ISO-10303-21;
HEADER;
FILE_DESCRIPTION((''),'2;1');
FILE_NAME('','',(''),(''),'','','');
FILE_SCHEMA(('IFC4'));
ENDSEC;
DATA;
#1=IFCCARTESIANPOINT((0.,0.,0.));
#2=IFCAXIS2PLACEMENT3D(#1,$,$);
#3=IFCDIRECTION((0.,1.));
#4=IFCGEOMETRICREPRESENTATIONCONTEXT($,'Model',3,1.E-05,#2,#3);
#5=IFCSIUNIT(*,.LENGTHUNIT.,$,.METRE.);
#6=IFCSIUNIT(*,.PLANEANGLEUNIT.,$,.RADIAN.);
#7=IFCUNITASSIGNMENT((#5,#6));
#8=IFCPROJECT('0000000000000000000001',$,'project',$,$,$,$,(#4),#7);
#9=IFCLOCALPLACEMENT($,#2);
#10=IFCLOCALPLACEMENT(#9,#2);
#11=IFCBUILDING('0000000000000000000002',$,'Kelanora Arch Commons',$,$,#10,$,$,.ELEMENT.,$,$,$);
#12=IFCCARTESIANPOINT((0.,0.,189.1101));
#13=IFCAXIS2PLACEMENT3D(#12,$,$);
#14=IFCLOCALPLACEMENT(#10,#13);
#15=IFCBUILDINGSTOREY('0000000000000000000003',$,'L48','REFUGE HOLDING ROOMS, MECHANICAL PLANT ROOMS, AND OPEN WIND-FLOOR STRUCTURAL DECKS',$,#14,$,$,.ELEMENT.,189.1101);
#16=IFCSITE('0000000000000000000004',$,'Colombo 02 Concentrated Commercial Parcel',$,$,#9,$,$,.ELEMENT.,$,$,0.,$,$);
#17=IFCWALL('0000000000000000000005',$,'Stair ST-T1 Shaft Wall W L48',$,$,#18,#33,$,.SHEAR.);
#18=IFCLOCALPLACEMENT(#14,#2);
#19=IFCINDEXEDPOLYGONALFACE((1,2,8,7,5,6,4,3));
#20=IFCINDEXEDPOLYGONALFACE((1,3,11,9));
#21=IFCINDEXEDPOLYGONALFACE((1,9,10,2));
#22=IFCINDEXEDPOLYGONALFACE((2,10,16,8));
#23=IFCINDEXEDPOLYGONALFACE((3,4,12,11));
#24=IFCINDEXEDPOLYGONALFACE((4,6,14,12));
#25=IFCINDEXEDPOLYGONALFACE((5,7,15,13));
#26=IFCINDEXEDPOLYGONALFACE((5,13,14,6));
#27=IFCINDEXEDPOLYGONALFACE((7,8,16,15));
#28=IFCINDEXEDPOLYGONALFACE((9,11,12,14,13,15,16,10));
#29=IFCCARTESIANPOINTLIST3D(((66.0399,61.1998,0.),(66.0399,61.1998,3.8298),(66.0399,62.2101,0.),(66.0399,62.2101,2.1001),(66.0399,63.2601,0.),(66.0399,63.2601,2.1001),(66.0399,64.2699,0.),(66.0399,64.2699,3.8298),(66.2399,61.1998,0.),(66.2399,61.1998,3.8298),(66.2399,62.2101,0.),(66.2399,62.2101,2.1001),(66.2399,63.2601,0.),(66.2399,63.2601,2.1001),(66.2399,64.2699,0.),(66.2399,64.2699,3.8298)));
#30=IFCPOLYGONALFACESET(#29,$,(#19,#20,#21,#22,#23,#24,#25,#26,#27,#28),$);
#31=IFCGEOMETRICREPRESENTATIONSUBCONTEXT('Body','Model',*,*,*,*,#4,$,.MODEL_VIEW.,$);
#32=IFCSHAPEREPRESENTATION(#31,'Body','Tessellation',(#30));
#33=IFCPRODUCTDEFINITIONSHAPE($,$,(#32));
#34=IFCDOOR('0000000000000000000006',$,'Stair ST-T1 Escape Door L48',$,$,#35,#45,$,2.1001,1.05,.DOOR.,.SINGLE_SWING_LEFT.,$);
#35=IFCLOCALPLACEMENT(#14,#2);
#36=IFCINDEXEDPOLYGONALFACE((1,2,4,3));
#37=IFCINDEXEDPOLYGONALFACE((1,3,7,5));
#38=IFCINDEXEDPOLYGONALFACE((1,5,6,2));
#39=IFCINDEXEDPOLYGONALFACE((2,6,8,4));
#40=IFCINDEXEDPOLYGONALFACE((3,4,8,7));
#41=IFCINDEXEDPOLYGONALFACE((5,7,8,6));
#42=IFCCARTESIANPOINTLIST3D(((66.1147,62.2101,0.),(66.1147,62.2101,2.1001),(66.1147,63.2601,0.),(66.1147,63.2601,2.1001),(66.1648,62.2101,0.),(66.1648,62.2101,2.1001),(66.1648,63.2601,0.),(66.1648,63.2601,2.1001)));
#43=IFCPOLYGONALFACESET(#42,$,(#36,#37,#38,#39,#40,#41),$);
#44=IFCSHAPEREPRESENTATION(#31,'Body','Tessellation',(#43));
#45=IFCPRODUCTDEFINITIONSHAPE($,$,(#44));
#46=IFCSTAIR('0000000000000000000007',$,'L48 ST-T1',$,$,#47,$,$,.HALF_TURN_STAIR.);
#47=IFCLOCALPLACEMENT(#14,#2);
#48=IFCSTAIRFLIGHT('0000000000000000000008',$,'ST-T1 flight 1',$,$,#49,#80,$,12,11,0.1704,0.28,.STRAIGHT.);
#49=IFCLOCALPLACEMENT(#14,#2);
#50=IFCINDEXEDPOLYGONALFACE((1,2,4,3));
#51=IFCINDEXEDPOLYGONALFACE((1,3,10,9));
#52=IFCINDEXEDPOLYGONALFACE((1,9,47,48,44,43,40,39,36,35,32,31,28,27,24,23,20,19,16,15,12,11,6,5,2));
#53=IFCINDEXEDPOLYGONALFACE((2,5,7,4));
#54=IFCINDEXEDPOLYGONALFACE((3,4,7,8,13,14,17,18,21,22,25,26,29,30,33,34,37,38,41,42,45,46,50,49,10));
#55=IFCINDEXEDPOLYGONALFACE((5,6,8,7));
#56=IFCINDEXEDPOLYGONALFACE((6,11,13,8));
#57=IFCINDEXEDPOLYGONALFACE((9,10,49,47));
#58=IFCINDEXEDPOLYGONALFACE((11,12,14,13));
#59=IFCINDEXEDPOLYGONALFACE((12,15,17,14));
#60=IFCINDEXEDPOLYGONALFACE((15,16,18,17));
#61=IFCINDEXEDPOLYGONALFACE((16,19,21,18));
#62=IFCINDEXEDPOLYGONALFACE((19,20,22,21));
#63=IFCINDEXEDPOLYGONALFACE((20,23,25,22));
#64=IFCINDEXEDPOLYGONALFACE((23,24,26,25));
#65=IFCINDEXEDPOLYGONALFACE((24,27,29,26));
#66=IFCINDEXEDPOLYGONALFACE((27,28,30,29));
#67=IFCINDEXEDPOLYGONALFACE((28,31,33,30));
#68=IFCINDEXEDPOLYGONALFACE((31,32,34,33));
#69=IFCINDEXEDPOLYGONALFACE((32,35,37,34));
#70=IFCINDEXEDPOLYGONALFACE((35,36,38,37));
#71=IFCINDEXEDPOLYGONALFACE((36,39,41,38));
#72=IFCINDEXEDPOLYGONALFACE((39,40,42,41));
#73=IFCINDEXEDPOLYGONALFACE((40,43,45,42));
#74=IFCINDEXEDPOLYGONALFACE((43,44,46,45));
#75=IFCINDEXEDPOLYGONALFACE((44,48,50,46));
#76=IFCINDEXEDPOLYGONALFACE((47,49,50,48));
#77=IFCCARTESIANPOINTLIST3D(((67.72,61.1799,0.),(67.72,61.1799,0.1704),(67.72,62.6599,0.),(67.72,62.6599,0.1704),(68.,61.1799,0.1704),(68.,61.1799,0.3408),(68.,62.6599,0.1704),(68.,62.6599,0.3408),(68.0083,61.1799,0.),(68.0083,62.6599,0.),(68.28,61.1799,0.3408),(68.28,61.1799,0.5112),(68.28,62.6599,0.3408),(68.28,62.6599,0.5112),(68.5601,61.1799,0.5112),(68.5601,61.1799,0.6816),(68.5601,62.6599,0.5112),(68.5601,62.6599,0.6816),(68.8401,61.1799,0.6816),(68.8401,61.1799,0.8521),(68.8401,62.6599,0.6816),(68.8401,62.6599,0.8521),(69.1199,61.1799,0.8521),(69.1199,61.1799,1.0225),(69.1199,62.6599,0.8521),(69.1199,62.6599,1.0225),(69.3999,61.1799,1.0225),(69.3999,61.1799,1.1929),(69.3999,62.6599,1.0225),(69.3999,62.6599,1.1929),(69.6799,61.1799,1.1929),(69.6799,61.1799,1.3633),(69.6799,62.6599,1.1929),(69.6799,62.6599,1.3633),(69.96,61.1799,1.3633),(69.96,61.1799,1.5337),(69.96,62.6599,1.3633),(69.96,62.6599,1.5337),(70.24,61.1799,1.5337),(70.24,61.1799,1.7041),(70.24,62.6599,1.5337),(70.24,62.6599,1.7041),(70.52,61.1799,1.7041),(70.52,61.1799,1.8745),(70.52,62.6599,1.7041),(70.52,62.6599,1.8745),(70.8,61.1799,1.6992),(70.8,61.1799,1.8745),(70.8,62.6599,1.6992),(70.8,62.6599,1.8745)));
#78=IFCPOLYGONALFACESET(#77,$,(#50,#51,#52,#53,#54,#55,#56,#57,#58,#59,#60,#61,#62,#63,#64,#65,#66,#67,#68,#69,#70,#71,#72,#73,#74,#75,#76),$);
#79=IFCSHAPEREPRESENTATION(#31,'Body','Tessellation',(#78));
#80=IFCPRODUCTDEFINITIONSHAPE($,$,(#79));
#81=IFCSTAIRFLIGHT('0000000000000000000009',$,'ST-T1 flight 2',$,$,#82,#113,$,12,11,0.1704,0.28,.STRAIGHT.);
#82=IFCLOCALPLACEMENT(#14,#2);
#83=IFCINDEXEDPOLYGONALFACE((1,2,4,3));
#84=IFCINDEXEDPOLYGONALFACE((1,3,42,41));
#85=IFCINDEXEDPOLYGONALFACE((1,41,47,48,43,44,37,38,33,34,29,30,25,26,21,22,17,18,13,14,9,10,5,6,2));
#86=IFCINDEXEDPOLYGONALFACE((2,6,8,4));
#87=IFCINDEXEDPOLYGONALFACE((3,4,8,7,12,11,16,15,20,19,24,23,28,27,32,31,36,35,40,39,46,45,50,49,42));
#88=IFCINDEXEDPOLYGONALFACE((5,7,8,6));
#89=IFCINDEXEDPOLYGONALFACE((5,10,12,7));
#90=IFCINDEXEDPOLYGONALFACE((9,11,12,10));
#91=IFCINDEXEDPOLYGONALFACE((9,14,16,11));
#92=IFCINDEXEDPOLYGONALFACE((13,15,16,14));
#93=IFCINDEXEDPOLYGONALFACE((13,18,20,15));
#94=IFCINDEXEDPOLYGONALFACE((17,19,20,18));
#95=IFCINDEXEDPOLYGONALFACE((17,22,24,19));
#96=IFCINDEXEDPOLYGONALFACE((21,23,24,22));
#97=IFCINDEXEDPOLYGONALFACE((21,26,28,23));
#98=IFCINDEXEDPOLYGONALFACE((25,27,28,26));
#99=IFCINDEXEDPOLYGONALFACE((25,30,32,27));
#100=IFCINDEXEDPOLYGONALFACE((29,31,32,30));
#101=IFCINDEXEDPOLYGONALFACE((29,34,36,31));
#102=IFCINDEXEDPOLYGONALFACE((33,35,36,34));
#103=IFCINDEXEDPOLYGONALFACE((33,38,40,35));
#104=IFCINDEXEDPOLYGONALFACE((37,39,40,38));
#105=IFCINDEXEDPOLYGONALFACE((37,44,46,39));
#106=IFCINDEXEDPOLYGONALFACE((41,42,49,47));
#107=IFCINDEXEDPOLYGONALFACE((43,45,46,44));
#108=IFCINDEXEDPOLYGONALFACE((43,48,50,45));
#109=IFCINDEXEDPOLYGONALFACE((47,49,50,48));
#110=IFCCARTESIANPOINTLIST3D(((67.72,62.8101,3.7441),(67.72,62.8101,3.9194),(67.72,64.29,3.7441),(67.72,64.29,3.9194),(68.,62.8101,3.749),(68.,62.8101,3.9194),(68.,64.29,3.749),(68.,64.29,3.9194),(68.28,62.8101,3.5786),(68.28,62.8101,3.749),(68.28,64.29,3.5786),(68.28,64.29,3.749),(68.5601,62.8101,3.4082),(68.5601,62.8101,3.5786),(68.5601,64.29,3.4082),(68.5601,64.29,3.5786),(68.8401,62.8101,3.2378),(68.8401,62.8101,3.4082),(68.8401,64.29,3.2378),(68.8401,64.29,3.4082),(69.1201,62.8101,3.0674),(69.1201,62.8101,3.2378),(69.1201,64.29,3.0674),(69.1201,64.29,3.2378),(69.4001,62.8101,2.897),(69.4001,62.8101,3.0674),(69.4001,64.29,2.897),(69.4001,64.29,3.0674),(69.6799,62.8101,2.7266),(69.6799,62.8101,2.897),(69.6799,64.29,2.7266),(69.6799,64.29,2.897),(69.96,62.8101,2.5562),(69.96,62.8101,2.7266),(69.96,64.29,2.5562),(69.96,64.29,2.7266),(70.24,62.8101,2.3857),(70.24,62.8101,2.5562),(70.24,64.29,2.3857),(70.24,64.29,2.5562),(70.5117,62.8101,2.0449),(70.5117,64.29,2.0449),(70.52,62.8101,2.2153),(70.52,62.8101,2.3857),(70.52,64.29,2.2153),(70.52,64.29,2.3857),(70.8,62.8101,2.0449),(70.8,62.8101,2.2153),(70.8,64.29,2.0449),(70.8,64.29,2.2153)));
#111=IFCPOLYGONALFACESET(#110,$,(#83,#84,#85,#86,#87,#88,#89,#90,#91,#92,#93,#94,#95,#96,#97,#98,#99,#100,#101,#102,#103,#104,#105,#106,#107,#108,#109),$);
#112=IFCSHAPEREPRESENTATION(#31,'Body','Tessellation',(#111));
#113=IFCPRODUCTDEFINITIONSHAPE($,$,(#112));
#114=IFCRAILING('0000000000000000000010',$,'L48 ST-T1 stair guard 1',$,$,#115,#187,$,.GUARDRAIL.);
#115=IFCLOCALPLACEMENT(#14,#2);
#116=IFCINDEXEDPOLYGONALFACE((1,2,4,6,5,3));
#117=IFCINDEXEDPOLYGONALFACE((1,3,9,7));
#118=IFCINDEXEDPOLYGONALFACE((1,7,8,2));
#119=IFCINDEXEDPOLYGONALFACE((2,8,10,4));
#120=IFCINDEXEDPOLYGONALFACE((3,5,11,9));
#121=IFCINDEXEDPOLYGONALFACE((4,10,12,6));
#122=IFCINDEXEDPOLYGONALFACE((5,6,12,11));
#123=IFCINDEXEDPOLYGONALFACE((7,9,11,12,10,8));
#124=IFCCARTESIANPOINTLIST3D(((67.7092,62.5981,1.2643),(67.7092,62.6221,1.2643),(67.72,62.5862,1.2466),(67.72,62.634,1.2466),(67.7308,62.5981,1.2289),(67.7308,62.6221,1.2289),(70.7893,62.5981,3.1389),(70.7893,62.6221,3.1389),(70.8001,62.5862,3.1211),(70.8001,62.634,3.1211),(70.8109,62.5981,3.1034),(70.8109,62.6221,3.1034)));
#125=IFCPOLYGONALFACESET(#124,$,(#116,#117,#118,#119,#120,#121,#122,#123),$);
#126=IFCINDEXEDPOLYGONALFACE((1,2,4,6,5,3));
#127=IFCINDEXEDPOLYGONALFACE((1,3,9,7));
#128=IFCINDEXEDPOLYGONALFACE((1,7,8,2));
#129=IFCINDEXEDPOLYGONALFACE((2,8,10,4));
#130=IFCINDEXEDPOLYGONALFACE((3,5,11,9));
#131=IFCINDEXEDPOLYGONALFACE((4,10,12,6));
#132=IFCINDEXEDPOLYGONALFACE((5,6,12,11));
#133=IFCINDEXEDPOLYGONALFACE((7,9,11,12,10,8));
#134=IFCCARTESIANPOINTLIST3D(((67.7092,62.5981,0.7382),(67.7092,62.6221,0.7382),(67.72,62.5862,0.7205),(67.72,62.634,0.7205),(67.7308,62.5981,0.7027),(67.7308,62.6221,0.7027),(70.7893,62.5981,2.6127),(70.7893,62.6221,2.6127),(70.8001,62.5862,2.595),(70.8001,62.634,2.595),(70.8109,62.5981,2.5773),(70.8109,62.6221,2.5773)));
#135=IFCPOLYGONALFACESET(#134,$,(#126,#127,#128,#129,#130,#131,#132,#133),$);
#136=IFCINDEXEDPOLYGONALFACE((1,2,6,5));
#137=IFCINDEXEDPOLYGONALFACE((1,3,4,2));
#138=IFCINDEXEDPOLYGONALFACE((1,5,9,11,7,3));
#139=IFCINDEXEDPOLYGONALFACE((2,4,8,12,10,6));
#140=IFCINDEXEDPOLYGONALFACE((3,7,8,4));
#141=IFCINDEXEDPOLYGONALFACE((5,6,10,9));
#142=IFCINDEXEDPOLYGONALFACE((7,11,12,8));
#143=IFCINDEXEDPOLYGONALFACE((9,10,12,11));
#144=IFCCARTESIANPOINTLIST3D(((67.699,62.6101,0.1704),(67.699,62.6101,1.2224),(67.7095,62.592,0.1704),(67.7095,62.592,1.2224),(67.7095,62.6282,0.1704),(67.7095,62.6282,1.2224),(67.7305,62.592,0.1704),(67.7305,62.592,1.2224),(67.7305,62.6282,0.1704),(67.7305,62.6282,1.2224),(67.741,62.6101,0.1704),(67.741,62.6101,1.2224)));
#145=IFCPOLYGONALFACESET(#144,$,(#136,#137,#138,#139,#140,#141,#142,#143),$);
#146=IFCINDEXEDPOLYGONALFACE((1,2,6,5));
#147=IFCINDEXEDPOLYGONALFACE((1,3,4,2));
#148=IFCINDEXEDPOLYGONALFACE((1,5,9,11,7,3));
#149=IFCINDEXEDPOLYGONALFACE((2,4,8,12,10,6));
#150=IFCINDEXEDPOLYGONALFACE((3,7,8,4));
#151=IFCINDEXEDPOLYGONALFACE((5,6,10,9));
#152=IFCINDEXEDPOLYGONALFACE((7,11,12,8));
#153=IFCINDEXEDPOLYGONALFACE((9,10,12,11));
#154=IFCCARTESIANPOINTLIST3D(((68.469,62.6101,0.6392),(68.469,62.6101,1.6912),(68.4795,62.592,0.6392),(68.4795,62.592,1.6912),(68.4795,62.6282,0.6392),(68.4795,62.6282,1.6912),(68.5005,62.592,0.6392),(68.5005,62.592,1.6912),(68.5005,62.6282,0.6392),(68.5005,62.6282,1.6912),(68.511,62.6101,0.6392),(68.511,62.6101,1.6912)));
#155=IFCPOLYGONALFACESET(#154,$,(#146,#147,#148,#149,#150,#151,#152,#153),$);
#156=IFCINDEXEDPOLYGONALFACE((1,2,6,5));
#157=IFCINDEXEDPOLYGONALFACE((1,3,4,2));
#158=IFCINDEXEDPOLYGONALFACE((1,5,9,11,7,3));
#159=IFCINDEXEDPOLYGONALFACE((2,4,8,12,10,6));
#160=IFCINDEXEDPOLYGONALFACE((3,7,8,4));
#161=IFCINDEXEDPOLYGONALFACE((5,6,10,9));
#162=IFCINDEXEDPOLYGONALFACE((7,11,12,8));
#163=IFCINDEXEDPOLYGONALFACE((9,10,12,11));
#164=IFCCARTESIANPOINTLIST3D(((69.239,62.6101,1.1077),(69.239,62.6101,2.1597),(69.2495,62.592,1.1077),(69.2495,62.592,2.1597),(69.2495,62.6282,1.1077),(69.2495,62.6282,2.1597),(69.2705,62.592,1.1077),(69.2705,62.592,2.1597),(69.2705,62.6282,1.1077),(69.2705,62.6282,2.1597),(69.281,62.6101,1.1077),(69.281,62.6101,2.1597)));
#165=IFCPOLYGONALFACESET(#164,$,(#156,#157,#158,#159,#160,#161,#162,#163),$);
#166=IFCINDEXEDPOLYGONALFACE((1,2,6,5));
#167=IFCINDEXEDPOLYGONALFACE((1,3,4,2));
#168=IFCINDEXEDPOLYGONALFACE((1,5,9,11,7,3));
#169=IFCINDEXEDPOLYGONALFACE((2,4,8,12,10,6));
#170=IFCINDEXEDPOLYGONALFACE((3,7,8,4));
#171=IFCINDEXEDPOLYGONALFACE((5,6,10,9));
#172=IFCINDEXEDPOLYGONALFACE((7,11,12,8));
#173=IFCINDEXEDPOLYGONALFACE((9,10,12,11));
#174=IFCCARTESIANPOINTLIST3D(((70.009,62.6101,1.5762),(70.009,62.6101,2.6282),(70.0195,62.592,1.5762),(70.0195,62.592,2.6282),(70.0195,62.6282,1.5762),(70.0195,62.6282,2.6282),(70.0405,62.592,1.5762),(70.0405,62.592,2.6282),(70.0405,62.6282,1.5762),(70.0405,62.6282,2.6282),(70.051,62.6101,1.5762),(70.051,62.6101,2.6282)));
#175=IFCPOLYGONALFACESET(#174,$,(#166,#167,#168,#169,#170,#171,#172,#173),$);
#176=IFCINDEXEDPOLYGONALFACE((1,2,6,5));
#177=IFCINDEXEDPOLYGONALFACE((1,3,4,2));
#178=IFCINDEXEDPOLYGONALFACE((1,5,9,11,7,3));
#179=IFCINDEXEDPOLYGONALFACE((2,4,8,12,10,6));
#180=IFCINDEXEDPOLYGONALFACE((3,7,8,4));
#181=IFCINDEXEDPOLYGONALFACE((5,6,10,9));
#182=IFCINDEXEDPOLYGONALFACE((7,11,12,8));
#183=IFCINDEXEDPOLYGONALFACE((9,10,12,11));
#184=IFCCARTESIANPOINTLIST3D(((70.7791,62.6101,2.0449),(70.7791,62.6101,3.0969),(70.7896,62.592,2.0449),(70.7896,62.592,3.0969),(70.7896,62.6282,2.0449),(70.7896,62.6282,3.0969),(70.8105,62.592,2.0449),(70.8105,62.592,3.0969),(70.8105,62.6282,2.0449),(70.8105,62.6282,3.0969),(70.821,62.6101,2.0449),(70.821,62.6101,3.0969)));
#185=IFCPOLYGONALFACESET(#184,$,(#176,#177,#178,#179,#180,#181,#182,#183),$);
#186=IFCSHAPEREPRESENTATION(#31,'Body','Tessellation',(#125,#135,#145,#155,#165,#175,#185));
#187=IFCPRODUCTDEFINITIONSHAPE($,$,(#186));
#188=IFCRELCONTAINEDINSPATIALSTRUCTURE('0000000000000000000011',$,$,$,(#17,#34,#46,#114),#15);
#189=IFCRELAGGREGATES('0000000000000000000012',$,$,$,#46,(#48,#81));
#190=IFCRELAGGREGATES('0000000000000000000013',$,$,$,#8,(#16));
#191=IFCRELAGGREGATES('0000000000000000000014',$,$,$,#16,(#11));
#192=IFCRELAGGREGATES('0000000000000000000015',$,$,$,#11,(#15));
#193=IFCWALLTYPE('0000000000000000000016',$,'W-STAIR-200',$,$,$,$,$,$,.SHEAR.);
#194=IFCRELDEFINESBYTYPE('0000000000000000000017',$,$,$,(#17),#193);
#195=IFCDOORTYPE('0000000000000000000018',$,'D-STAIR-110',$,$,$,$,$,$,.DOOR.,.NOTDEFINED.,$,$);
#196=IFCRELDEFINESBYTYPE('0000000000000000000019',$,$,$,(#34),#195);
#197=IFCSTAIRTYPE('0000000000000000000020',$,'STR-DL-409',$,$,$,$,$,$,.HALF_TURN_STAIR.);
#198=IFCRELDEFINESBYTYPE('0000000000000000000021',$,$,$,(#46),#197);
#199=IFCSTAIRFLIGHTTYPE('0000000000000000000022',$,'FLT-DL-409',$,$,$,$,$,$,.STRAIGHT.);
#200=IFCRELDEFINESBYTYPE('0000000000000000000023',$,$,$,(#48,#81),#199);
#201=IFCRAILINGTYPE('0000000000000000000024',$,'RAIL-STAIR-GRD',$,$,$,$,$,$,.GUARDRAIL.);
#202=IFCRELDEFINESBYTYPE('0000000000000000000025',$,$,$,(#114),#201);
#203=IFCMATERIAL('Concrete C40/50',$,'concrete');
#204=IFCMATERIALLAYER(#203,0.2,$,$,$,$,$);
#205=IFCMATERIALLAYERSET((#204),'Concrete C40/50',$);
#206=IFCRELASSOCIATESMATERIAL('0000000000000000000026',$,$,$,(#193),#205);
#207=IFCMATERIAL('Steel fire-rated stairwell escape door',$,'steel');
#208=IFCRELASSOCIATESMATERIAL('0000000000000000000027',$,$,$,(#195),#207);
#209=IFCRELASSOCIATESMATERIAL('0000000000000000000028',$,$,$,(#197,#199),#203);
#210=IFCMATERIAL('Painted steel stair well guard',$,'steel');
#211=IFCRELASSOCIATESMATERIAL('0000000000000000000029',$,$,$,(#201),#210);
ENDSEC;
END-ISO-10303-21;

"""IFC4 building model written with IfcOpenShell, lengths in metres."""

from ifc_helpers import new_model, si_unit, direction, frame, frame_2d, origin, place, context, subcontext, project, spatial, polyline, rectangle, outline, extrude, material, layer, layer_set, type_object, element, fill, aggregate, save


model = new_model("IFC4")

# Units and contexts
model_context = context("Model", 3, precision=1e-05, world=origin(), true_north=direction((0.0, 1.0)))
body_context = subcontext(model_context, "Body", "Model", "MODEL_VIEW")
ifc_project = project(units=[si_unit("LENGTHUNIT", "METRE"), si_unit("PLANEANGLEUNIT", "RADIAN")], contexts=[model_context])

# Site, building, storey
site_placement = place(None, origin())
site = spatial("IfcSite", under=ifc_project, at=site_placement, Name="Colombo 02 Concentrated Commercial Parcel", CompositionType="ELEMENT", RefElevation=0.0)
building_placement = place(site_placement, origin())
building = spatial("IfcBuilding", under=site, at=building_placement, Name="Kelanora Arch Commons", CompositionType="ELEMENT")
storey_placement = place(building_placement, frame((0.0, 0.0, 189.1101)))
storey = spatial("IfcBuildingStorey", under=building, at=storey_placement, Name="L48", Description="REFUGE HOLDING ROOMS, MECHANICAL PLANT ROOMS, AND OPEN WIND-FLOOR STRUCTURAL DECKS", CompositionType="ELEMENT", Elevation=189.1101)

# Shared definitions
ifc_material_1 = material(Name="Concrete C40/50", Category="concrete")
ifc_layer = layer(ifc_material_1, 0.2)
ifc_layer_set = layer_set([ifc_layer], Name="Concrete C40/50")
wall_type = type_object("IfcWallType", Name="W-STAIR-200", PredefinedType="SHEAR", material=ifc_layer_set)

# Wall, opening, door
wall_1_placement = place(storey_placement, frame((66.1399, 64.27, 0.0), z_axis=(0.0, 0.0, 1.0), x_axis=(0.0, -1.0, 0.0)))
wall_1 = element("IfcWall", 1, at=wall_1_placement, inside=storey, type_object=wall_type, Name="Stair ST-T1 Shaft Wall W L48", PredefinedType="SHEAR", context=body_context, shape_type="SweptSolid", body=[
    extrude(rectangle(XDim=3.0701, YDim=0.2, at=frame_2d((1.5352, 0.0))), origin(), (0.0, 0.0, 1.0), 3.8298),
])
opening_placement = place(wall_1_placement, frame((1.01, 0.0, 0.0)))
opening = element("IfcOpeningElement", 2, at=opening_placement, cuts=wall_1, PredefinedType="OPENING", context=body_context, shape_type="SweptSolid", body=[
    extrude(rectangle(XDim=1.05, YDim=2.1001, at=frame_2d((0.5249, 1.05))), frame((0.0, 0.1099, 0.0), z_axis=(0.0, -1.0, 0.0), x_axis=(1.0, 0.0, 0.0)), (0.0, 0.0, 1.0), 0.22),
])
ifc_material_2 = material(Name="Steel fire-rated stairwell escape door", Category="steel")
door_type = type_object("IfcDoorType", Name="D-STAIR-110", OperationType="NOTDEFINED", PredefinedType="DOOR", material=ifc_material_2)
door_placement = place(opening_placement, origin())
door = element("IfcDoor", 3, at=door_placement, inside=storey, type_object=door_type, Name="Stair ST-T1 Escape Door L48", OperationType="SINGLE_SWING_LEFT", OverallHeight=2.1001, OverallWidth=1.05, PredefinedType="DOOR", context=body_context, shape_type="SweptSolid", body=[
    extrude(rectangle(XDim=1.05, YDim=2.1001, at=frame_2d((0.5249, 1.05))), frame((0.0, 0.0249, 0.0), z_axis=(0.0, -1.0, 0.0), x_axis=(1.0, 0.0, 0.0)), (0.0, 0.0, 1.0), 0.05),
])
fill(opening, door)

# Stair, stair flights
stair_type = type_object("IfcStairType", Name="STR-DL-409", PredefinedType="HALF_TURN_STAIR", material=ifc_material_1)
stair_placement = place(storey_placement, origin())
stair = element("IfcStair", 4, at=stair_placement, inside=storey, type_object=stair_type, Name="L48 ST-T1", PredefinedType="HALF_TURN_STAIR")
stair_flight_type = type_object("IfcStairFlightType", Name="FLT-DL-409", PredefinedType="STRAIGHT", material=ifc_material_1)
stair_flight_1_placement = place(storey_placement, frame((67.72, 61.9199, 0.0), z_axis=(0.0, 0.0, 1.0), x_axis=(1.0, 0.0, 0.0)))
stair_flight_1 = element("IfcStairFlight", 5, at=stair_flight_1_placement, type_object=stair_flight_type, Name="ST-T1 flight 1", NumberOfRisers=12, NumberOfTreads=11, PredefinedType="STRAIGHT", RiserHeight=0.1704, TreadLength=0.28, context=body_context, shape_type="SweptSolid", body=[
    extrude(outline(polyline([(0.0, 0.0), (0.0, 0.1704), (0.28, 0.1704), (0.28, 0.3408), (0.5601, 0.3408), (0.5601, 0.5112), (0.8401, 0.5112), (0.8401, 0.6816), (1.1201, 0.6816), (1.1201, 0.8521), (1.3999, 0.8521), (1.3999, 1.0225), (1.6799, 1.0225), (1.6799, 1.1929), (1.96, 1.1929), (1.96, 1.3633), (2.24, 1.3633), (2.24, 1.5337), (2.52, 1.5337), (2.52, 1.7041), (2.8, 1.7041), (2.8, 1.8745), (3.0801, 1.8745), (3.0801, 2.0449), (3.0801, 1.6992), (0.2883, 0.0), (0.0, 0.0)])), frame((0.0, 0.74, 0.0), z_axis=(0.0, -1.0, 0.0), x_axis=(1.0, 0.0, 0.0)), (0.0, 0.0, 1.0), 1.48),
])
stair_flight_2_placement = place(storey_placement, frame((70.8, 63.55, 2.0449), z_axis=(0.0, 0.0, 1.0), x_axis=(-1.0, 0.0, 0.0)))
stair_flight_2 = element("IfcStairFlight", 6, at=stair_flight_2_placement, type_object=stair_flight_type, Name="ST-T1 flight 2", NumberOfRisers=12, NumberOfTreads=11, PredefinedType="STRAIGHT", RiserHeight=0.1704, TreadLength=0.28, context=body_context, shape_type="SweptSolid", body=[
    extrude(outline(polyline([(0.0, 0.0), (0.0, 0.1704), (0.28, 0.1704), (0.28, 0.3408), (0.5601, 0.3408), (0.5601, 0.5112), (0.8401, 0.5112), (0.8401, 0.6816), (1.1201, 0.6816), (1.1201, 0.8521), (1.3999, 0.8521), (1.3999, 1.0225), (1.6799, 1.0225), (1.6799, 1.1929), (1.96, 1.1929), (1.96, 1.3633), (2.24, 1.3633), (2.24, 1.5337), (2.52, 1.5337), (2.52, 1.7041), (2.8, 1.7041), (2.8, 1.8745), (3.0801, 1.8745), (3.0801, 2.0449), (3.0801, 1.6992), (0.2883, 0.0), (0.0, 0.0)])), frame((0.0, 0.74, 0.0), z_axis=(0.0, -1.0, 0.0), x_axis=(1.0, 0.0, 0.0)), (0.0, 0.0, 1.0), 1.48),
])
aggregate(stair, [stair_flight_1, stair_flight_2])

# Railing
ifc_material_3 = material(Name="Painted steel stair well guard", Category="steel")
railing_type_1 = type_object("IfcRailingType", Name="RAIL-STAIR-GRD", PredefinedType="GUARDRAIL", material=ifc_material_3)
railing_1_placement = place(storey_placement, frame((67.72, 62.6101, 0.1704)))
element("IfcRailing", 7, at=railing_1_placement, inside=storey, type_object=railing_type_1, Name="L48 ST-T1 stair guard 1", PredefinedType="GUARDRAIL", context=body_context, shape_type="SweptSolid", body=[
    extrude(outline(polyline([(0.0239, 0.0), (0.012, 0.0208), (-0.012, 0.0208), (-0.0239, 0.0), (-0.012, -0.0208), (0.012, -0.0208), (0.0239, 0.0)])), frame((0.0, 0.0, 1.0762), z_axis=(0.854238, 0.0, 0.519883), x_axis=(0.0, 1.0, 0.0)), (0.0, 0.0, 1.0), 3.6057),
    extrude(outline(polyline([(0.0239, 0.0), (0.012, 0.0208), (-0.012, 0.0208), (-0.0239, 0.0), (-0.012, -0.0208), (0.012, -0.0208), (0.0239, 0.0)])), frame((0.0, 0.0, 0.55), z_axis=(0.854238, 0.0, 0.519883), x_axis=(0.0, 1.0, 0.0)), (0.0, 0.0, 1.0), 3.6057),
    extrude(outline(polyline([(0.021, 0.0), (0.0105, 0.0181), (-0.0105, 0.0181), (-0.021, 0.0), (-0.0105, -0.0181), (0.0105, -0.0181), (0.021, 0.0)])), origin(), (0.0, 0.0, 1.0), 1.052),
    extrude(outline(polyline([(0.021, 0.0), (0.0105, 0.0181), (-0.0105, 0.0181), (-0.021, 0.0), (-0.0105, -0.0181), (0.0105, -0.0181), (0.021, 0.0)])), frame((0.77, 0.0, 0.4688)), (0.0, 0.0, 1.0), 1.052),
    extrude(outline(polyline([(0.021, 0.0), (0.0105, 0.0181), (-0.0105, 0.0181), (-0.021, 0.0), (-0.0105, -0.0181), (0.0105, -0.0181), (0.021, 0.0)])), frame((1.54, 0.0, 0.9373)), (0.0, 0.0, 1.0), 1.052),
    extrude(outline(polyline([(0.021, 0.0), (0.0105, 0.0181), (-0.0105, 0.0181), (-0.021, 0.0), (-0.0105, -0.0181), (0.0105, -0.0181), (0.021, 0.0)])), frame((2.3101, 0.0, 1.4058)), (0.0, 0.0, 1.0), 1.052),
    extrude(outline(polyline([(0.021, 0.0), (0.0105, 0.0181), (-0.0105, 0.0181), (-0.021, 0.0), (-0.0105, -0.0181), (0.0105, -0.0181), (0.021, 0.0)])), frame((3.0801, 0.0, 1.8745)), (0.0, 0.0, 1.0), 1.052),
])

save(model, "model.ifc")
